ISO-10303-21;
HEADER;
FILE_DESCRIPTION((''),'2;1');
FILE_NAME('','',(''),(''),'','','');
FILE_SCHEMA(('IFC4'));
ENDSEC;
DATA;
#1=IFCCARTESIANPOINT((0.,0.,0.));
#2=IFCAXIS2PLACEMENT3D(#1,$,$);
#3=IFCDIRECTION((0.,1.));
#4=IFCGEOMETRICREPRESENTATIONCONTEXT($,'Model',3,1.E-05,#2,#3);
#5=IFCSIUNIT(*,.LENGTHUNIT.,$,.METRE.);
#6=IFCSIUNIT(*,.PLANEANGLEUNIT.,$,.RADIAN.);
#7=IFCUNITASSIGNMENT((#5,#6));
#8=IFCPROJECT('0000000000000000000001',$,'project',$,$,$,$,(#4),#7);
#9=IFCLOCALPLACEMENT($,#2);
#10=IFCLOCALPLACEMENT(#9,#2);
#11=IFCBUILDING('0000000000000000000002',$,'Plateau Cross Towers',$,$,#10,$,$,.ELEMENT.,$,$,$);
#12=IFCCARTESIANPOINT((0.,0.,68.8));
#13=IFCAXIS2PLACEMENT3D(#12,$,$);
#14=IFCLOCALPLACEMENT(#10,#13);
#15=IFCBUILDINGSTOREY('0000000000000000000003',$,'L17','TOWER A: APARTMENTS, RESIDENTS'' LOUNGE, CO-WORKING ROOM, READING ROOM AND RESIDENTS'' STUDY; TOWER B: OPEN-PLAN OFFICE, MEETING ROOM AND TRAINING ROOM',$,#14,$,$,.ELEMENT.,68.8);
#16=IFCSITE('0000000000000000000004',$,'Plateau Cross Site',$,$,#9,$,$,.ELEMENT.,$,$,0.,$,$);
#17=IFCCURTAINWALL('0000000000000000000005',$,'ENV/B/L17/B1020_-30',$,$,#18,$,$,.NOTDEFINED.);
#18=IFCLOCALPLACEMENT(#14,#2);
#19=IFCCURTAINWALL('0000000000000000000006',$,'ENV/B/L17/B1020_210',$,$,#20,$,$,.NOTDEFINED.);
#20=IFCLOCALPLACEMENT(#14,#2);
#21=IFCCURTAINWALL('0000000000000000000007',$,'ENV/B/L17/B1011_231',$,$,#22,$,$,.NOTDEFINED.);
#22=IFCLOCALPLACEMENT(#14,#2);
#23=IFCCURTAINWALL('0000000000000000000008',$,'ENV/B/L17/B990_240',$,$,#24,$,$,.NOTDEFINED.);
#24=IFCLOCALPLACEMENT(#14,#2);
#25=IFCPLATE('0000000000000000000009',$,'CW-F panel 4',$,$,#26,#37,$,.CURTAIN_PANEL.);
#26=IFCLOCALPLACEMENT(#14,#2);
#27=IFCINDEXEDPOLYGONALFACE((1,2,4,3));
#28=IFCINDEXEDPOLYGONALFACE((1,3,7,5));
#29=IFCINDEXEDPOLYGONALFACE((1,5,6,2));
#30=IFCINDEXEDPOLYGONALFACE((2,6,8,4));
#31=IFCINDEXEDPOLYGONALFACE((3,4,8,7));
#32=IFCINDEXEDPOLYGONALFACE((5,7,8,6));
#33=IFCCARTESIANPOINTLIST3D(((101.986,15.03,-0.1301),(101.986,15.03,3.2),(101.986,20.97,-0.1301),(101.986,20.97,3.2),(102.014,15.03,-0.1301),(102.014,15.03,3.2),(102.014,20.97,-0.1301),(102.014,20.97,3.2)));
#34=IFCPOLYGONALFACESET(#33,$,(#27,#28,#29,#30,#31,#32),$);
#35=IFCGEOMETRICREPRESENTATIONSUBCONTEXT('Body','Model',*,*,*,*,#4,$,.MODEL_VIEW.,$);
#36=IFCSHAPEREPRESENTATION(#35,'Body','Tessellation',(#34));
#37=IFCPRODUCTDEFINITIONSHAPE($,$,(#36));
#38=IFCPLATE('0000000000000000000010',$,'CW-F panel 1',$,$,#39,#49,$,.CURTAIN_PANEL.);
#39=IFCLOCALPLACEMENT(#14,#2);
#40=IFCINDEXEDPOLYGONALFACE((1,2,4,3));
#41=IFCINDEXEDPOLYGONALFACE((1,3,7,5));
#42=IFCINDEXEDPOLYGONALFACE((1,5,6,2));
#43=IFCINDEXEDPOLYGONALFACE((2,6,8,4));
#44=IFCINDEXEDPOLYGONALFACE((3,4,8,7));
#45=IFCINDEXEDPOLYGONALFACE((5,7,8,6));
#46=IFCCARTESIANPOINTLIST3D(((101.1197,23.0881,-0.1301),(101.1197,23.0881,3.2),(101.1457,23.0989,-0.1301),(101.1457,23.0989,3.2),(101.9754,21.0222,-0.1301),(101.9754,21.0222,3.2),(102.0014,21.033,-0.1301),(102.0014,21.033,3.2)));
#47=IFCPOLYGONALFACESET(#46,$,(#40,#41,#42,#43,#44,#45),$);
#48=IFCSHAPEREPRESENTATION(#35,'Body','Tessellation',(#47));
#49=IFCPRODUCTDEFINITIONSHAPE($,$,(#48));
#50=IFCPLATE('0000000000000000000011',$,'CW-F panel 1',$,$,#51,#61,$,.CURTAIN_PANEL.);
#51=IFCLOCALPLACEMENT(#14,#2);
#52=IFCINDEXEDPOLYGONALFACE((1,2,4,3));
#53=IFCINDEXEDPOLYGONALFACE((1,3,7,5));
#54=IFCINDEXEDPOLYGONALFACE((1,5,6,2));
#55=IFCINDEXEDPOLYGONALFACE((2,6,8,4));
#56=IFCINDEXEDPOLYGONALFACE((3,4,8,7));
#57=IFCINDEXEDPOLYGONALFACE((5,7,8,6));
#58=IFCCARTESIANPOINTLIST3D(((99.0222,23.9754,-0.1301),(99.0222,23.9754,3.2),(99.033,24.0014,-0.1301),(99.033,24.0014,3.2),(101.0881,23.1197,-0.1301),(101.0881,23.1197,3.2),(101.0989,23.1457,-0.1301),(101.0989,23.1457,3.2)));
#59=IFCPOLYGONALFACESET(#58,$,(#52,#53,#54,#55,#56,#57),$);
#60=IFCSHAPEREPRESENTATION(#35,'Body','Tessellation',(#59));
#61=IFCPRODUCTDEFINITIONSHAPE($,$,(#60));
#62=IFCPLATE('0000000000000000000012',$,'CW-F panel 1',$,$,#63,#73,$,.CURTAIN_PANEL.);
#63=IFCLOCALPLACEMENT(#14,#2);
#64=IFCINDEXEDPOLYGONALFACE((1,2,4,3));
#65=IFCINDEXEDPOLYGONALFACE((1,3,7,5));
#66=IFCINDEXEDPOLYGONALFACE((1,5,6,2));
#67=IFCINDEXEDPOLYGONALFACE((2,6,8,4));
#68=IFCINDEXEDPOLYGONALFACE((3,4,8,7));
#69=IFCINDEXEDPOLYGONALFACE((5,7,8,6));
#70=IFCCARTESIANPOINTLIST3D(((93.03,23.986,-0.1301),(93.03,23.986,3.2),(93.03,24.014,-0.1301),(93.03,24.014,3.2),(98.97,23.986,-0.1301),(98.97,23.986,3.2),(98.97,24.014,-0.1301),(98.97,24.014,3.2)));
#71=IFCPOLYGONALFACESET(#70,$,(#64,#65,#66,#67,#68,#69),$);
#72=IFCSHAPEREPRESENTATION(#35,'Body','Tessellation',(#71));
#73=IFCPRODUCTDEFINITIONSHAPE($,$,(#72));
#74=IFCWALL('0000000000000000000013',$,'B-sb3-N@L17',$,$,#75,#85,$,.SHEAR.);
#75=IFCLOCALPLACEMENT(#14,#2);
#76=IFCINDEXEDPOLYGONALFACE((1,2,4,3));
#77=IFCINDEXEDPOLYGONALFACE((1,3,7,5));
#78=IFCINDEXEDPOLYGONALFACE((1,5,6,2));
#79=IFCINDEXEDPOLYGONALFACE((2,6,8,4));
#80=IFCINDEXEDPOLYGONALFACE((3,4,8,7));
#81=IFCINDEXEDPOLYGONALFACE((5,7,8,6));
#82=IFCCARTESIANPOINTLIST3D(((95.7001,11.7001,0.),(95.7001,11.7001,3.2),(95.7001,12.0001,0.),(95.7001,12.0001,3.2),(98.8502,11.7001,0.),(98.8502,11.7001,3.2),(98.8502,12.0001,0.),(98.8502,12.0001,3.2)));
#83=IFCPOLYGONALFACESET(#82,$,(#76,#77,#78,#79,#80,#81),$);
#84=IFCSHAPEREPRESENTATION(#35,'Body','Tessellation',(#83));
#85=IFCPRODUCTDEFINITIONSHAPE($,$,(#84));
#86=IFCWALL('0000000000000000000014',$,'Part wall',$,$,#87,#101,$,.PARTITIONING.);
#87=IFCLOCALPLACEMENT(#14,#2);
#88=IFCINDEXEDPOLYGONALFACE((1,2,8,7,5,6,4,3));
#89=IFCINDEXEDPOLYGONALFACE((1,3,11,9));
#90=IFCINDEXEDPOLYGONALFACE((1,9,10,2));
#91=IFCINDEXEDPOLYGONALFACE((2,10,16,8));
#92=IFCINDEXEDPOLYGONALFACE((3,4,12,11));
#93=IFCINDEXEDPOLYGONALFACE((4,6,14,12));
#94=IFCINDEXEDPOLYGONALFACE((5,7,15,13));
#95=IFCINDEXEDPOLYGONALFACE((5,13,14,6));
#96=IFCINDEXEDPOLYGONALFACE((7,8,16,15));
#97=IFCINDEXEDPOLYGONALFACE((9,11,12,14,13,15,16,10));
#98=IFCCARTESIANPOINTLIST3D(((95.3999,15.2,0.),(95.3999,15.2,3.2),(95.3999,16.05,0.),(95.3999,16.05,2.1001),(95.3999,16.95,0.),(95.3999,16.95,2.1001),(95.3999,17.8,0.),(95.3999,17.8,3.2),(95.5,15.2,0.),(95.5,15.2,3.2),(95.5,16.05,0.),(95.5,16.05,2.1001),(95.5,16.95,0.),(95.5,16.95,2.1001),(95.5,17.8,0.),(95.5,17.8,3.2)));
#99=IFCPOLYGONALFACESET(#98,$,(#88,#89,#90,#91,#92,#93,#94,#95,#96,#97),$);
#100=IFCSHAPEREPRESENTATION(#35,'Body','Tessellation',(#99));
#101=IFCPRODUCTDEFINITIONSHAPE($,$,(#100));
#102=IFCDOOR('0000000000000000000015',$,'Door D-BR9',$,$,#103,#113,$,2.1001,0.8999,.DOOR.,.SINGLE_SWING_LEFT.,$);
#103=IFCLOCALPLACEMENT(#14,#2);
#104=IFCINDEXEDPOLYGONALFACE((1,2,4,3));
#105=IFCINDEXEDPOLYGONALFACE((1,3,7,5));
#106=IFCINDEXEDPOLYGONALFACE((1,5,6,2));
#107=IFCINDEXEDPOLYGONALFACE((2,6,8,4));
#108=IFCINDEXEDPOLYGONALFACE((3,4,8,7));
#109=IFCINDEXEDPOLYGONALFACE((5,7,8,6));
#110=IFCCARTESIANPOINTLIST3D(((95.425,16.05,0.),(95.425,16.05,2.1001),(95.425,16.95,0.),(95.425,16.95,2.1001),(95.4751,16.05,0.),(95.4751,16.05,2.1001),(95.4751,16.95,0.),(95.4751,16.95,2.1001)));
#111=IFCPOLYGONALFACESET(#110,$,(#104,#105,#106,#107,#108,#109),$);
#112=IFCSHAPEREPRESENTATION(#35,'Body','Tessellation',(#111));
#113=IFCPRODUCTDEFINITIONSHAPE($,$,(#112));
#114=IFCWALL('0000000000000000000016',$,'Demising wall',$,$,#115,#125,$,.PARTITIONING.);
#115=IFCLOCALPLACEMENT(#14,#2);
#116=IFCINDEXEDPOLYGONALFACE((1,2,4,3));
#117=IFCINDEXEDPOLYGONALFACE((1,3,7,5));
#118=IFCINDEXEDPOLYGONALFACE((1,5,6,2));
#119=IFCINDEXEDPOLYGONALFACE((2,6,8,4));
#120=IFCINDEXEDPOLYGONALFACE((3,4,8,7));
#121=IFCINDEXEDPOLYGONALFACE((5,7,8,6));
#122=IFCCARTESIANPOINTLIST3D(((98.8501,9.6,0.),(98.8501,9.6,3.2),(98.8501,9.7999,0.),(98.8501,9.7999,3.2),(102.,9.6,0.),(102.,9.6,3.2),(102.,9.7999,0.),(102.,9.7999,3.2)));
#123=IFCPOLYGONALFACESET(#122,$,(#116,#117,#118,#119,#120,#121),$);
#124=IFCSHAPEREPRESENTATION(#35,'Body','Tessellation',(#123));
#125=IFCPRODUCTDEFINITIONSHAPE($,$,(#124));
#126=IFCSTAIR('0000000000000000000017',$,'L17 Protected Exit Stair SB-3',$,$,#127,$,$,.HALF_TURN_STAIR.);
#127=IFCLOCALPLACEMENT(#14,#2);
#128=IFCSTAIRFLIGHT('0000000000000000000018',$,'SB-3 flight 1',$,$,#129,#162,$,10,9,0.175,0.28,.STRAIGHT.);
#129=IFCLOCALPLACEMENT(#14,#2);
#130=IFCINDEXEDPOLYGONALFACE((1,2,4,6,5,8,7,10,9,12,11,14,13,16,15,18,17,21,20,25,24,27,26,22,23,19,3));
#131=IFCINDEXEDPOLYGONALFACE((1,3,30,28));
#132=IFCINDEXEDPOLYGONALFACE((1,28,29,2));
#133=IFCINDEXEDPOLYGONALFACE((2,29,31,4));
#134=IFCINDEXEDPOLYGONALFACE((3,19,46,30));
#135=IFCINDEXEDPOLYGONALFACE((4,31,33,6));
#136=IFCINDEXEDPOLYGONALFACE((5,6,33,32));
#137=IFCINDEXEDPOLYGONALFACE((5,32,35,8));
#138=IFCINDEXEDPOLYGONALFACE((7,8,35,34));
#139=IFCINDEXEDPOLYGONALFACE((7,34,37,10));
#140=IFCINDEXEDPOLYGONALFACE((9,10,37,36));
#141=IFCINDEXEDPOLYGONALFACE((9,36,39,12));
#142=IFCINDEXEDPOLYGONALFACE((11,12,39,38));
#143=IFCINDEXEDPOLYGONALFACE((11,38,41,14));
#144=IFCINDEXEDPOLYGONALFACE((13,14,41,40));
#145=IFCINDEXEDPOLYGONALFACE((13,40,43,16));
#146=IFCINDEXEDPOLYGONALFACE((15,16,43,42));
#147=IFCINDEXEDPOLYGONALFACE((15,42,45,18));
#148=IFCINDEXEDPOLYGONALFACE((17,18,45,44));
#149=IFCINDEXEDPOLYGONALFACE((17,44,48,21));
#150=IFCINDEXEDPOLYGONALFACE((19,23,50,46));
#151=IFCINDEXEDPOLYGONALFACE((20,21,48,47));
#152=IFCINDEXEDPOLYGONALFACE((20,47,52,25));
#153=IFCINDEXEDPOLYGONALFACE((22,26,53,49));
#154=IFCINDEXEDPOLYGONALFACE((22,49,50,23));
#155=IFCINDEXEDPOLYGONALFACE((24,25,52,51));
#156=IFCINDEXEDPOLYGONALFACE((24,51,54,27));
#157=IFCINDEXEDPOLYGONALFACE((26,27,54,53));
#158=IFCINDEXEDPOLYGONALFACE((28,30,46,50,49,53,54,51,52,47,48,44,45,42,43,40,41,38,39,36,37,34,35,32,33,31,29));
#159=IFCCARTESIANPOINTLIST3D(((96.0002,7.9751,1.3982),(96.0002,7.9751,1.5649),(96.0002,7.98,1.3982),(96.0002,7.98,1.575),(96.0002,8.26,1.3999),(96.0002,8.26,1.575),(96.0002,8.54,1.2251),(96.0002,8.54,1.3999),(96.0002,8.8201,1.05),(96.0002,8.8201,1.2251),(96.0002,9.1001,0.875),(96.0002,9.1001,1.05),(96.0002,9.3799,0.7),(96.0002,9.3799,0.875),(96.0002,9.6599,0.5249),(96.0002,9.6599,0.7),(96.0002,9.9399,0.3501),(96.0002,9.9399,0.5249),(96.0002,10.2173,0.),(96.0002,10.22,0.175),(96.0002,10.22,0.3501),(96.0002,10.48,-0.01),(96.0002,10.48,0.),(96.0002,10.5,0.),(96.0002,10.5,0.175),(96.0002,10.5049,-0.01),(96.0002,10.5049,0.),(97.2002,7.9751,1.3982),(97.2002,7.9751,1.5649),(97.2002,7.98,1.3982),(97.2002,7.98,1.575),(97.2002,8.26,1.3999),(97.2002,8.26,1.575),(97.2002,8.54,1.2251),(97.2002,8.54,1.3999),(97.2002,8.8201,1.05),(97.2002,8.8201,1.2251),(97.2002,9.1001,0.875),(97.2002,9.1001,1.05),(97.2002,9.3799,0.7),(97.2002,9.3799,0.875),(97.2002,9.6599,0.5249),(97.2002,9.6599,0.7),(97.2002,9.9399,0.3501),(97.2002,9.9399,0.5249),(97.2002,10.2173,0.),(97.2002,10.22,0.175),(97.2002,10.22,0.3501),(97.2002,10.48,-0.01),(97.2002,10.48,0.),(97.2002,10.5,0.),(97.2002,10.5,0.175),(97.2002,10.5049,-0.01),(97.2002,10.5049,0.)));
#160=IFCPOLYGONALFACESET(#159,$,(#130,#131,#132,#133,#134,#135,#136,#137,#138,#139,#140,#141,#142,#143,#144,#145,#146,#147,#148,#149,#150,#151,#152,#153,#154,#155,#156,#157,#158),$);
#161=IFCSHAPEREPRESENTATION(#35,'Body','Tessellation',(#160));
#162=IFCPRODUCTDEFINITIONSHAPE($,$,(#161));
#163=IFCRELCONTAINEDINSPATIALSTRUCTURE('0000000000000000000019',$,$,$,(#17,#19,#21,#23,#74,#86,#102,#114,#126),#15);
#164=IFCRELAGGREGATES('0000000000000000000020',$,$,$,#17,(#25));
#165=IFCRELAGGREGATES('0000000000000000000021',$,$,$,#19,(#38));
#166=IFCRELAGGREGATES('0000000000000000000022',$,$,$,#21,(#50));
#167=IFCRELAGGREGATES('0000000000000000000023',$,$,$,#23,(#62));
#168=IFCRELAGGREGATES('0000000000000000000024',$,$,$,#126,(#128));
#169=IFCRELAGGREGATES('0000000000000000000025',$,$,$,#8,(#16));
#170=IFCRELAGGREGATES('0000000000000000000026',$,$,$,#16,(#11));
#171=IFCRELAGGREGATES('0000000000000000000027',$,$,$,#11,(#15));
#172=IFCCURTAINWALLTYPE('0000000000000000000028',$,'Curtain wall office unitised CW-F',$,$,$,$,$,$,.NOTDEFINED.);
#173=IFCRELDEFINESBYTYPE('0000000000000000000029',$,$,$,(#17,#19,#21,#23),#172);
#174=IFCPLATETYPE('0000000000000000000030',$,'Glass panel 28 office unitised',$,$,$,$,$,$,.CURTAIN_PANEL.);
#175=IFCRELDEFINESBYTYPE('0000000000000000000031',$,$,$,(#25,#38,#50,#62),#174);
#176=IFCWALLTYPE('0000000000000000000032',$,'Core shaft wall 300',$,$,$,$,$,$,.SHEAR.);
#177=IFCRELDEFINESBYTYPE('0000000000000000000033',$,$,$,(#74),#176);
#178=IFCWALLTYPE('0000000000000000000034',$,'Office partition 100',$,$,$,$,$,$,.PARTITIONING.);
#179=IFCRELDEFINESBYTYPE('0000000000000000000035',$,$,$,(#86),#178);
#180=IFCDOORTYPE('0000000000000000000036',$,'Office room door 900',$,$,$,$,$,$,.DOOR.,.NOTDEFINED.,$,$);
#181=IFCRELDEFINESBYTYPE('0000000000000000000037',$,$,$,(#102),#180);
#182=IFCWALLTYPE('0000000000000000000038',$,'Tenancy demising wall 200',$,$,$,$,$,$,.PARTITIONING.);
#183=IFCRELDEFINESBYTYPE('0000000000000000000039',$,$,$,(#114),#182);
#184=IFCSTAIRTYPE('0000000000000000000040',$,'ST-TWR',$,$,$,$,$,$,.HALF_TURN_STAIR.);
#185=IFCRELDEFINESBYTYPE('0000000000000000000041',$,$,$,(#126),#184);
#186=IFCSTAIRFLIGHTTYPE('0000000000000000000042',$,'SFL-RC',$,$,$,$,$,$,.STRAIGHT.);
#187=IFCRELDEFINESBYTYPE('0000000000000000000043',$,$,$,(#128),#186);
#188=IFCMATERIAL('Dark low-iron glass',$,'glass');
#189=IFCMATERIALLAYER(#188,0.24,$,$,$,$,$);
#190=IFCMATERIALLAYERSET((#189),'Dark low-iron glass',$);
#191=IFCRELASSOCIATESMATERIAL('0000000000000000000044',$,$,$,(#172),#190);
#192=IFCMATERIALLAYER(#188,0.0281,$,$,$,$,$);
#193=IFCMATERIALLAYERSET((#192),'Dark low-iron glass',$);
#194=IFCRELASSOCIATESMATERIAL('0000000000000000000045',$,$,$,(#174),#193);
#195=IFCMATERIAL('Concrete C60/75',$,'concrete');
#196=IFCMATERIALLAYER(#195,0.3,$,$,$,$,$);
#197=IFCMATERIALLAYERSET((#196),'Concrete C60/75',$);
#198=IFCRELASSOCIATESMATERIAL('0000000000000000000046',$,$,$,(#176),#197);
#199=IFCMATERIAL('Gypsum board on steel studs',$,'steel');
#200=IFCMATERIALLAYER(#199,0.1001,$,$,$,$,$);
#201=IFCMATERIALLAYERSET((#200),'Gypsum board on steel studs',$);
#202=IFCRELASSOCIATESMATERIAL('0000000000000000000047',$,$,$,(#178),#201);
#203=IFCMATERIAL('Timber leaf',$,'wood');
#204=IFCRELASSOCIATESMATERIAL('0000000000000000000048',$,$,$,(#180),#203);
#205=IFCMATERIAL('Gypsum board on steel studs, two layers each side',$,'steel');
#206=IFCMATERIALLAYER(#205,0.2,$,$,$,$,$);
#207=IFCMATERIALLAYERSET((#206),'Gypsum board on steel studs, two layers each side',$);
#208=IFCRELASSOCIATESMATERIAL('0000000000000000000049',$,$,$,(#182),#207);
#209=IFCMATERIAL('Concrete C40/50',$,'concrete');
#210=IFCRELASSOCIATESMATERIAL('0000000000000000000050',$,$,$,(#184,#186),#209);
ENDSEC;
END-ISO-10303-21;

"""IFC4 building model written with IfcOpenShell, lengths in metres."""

from ifc_helpers import new_model, si_unit, direction, frame, frame_2d, origin, origin_2d, place, context, subcontext, project, spatial, polyline, rectangle, outline, extrude, material, layer, layer_set, type_object, element, fill, aggregate, save


model = new_model("IFC4")

# Units and contexts
model_context = context("Model", 3, precision=1e-05, world=origin(), true_north=direction((0.0, 1.0)))
body_context = subcontext(model_context, "Body", "Model", "MODEL_VIEW")
ifc_project = project(units=[si_unit("LENGTHUNIT", "METRE"), si_unit("PLANEANGLEUNIT", "RADIAN")], contexts=[model_context])

# Site, building, storey
site_placement = place(None, origin())
site = spatial("IfcSite", under=ifc_project, at=site_placement, Name="Plateau Cross Site", CompositionType="ELEMENT", RefElevation=0.0)
building_placement = place(site_placement, origin())
building = spatial("IfcBuilding", under=site, at=building_placement, Name="Plateau Cross Towers", CompositionType="ELEMENT")
storey_placement = place(building_placement, frame((0.0, 0.0, 68.8)))
storey = spatial("IfcBuildingStorey", under=building, at=storey_placement, Name="L17", Description="TOWER A: APARTMENTS, RESIDENTS' LOUNGE, CO-WORKING ROOM, READING ROOM AND RESIDENTS' STUDY; TOWER B: OPEN-PLAN OFFICE, MEETING ROOM AND TRAINING ROOM", CompositionType="ELEMENT", Elevation=68.8)

# Shared definitions
ifc_material_1 = material(Name="Concrete C60/75", Category="concrete")

# Curtain wall
ifc_material_2 = material(Name="Dark low-iron glass", Category="glass")
ifc_layer_1 = layer(ifc_material_2, 0.24)
ifc_layer_set_1 = layer_set([ifc_layer_1], Name="Dark low-iron glass")
curtain_wall_type = type_object("IfcCurtainWallType", Name="Curtain wall office unitised CW-F", PredefinedType="NOTDEFINED", material=ifc_layer_set_1)
curtain_wall_1_placement = place(storey_placement, origin())
curtain_wall_1 = element("IfcCurtainWall", 1, at=curtain_wall_1_placement, inside=storey, type_object=curtain_wall_type, Name="ENV/B/L17/B1020_-30", PredefinedType="NOTDEFINED")

# Curtain walls
curtain_wall_2_placement = place(storey_placement, origin())
curtain_wall_2 = element("IfcCurtainWall", 2, at=curtain_wall_2_placement, inside=storey, type_object=curtain_wall_type, Name="ENV/B/L17/B1020_210", PredefinedType="NOTDEFINED")
curtain_wall_3_placement = place(storey_placement, origin())
curtain_wall_3 = element("IfcCurtainWall", 3, at=curtain_wall_3_placement, inside=storey, type_object=curtain_wall_type, Name="ENV/B/L17/B1011_231", PredefinedType="NOTDEFINED")

# Curtain wall
curtain_wall_4_placement = place(storey_placement, origin())
curtain_wall_4 = element("IfcCurtainWall", 4, at=curtain_wall_4_placement, inside=storey, type_object=curtain_wall_type, Name="ENV/B/L17/B990_240", PredefinedType="NOTDEFINED")

# Plates
ifc_layer_2 = layer(ifc_material_2, 0.0281)
ifc_layer_set_2 = layer_set([ifc_layer_2], Name="Dark low-iron glass")
plate_type = type_object("IfcPlateType", Name="Glass panel 28 office unitised", PredefinedType="CURTAIN_PANEL", material=ifc_layer_set_2)
plate_1_placement = place(storey_placement, frame((102.0, 18.0, -0.1301), z_axis=(0.0, 0.0, 1.0), x_axis=(0.0, 1.0, 0.0)))
plate_1 = element("IfcPlate", 5, at=plate_1_placement, type_object=plate_type, Name="CW-F panel 4", PredefinedType="CURTAIN_PANEL", context=body_context, shape_type="SweptSolid", body=[
    extrude(rectangle(XDim=5.9399, YDim=0.0281, at=origin_2d()), origin(), (0.0, 0.0, 1.0), 3.3301),
])
aggregate(curtain_wall_1, [plate_1])
plate_2_placement = place(storey_placement, frame((101.5605, 22.0605, -0.1301), z_axis=(0.0, 0.0, 1.0), x_axis=(-0.382684, 0.923879, 0.0)))
plate_2 = element("IfcPlate", 6, at=plate_2_placement, type_object=plate_type, Name="CW-F panel 1", PredefinedType="CURTAIN_PANEL", context=body_context, shape_type="SweptSolid", body=[
    extrude(rectangle(XDim=2.2361, YDim=0.0281, at=origin_2d()), origin(), (0.0, 0.0, 1.0), 3.3301),
])
aggregate(curtain_wall_2, [plate_2])
plate_3_placement = place(storey_placement, frame((100.0605, 23.5605, -0.1301), z_axis=(0.0, 0.0, 1.0), x_axis=(-0.923879, 0.382684, 0.0)))
plate_3 = element("IfcPlate", 7, at=plate_3_placement, type_object=plate_type, Name="CW-F panel 1", PredefinedType="CURTAIN_PANEL", context=body_context, shape_type="SweptSolid", body=[
    extrude(rectangle(XDim=2.2361, YDim=0.0281, at=origin_2d()), origin(), (0.0, 0.0, 1.0), 3.3301),
])
aggregate(curtain_wall_3, [plate_3])
plate_4_placement = place(storey_placement, frame((96.0, 24.0, -0.1301), z_axis=(0.0, 0.0, 1.0), x_axis=(-1.0, 0.0, 0.0)))
plate_4 = element("IfcPlate", 8, at=plate_4_placement, type_object=plate_type, Name="CW-F panel 1", PredefinedType="CURTAIN_PANEL", context=body_context, shape_type="SweptSolid", body=[
    extrude(rectangle(XDim=5.9399, YDim=0.0281, at=origin_2d()), origin(), (0.0, 0.0, 1.0), 3.3301),
])
aggregate(curtain_wall_4, [plate_4])

# Wall
ifc_layer_3 = layer(ifc_material_1, 0.3)
ifc_layer_set_3 = layer_set([ifc_layer_3], Name="Concrete C60/75")
wall_type_1 = type_object("IfcWallType", Name="Core shaft wall 300", PredefinedType="SHEAR", material=ifc_layer_set_3)
wall_1_placement = place(storey_placement, frame((95.7, 11.8501, 0.0), z_axis=(0.0, 0.0, 1.0), x_axis=(1.0, 0.0, 0.0)))
element("IfcWall", 9, at=wall_1_placement, inside=storey, type_object=wall_type_1, Name="B-sb3-N@L17", PredefinedType="SHEAR", context=body_context, shape_type="SweptSolid", body=[
    extrude(rectangle(XDim=3.1501, YDim=0.3, at=frame_2d((1.5752, 0.0))), origin(), (0.0, 0.0, 1.0), 3.2),
])

# Wall, opening, door
ifc_material_3 = material(Name="Gypsum board on steel studs", Category="steel")
ifc_layer_4 = layer(ifc_material_3, 0.1001)
ifc_layer_set_4 = layer_set([ifc_layer_4], Name="Gypsum board on steel studs")
wall_type_2 = type_object("IfcWallType", Name="Office partition 100", PredefinedType="PARTITIONING", material=ifc_layer_set_4)
wall_2_placement = place(storey_placement, frame((95.45, 15.2, 0.0), z_axis=(0.0, 0.0, 1.0), x_axis=(0.0, 1.0, 0.0)))
wall_2 = element("IfcWall", 10, at=wall_2_placement, inside=storey, type_object=wall_type_2, Name="Part wall", PredefinedType="PARTITIONING", context=body_context, shape_type="SweptSolid", body=[
    extrude(rectangle(XDim=2.6001, YDim=0.1001, at=frame_2d((1.3, 0.0))), origin(), (0.0, 0.0, 1.0), 3.2),
])
opening_1_placement = place(wall_2_placement, frame((0.8501, 0.0, 0.0)))
opening_1 = element("IfcOpeningElement", 11, at=opening_1_placement, cuts=wall_2, PredefinedType="OPENING", context=body_context, shape_type="SweptSolid", body=[
    extrude(rectangle(XDim=0.8999, YDim=2.1001, at=frame_2d((0.45, 1.05))), frame((0.0, 0.0601, 0.0), z_axis=(0.0, -1.0, 0.0), x_axis=(1.0, 0.0, 0.0)), (0.0, 0.0, 1.0), 0.1201),
])
ifc_material_4 = material(Name="Timber leaf", Category="wood")
door_type_1 = type_object("IfcDoorType", Name="Office room door 900", OperationType="NOTDEFINED", PredefinedType="DOOR", material=ifc_material_4)
door_1_placement = place(opening_1_placement, origin())
door_1 = element("IfcDoor", 12, at=door_1_placement, inside=storey, type_object=door_type_1, Name="Door D-BR9", OperationType="SINGLE_SWING_LEFT", OverallHeight=2.1001, OverallWidth=0.8999, PredefinedType="DOOR", context=body_context, shape_type="SweptSolid", body=[
    extrude(rectangle(XDim=0.8999, YDim=2.1001, at=frame_2d((0.45, 1.05))), frame((0.0, 0.0249, 0.0), z_axis=(0.0, -1.0, 0.0), x_axis=(1.0, 0.0, 0.0)), (0.0, 0.0, 1.0), 0.05),
])
fill(opening_1, door_1)

# Wall
ifc_material_5 = material(Name="Gypsum board on steel studs, two layers each side", Category="steel")
ifc_layer_5 = layer(ifc_material_5, 0.2)
ifc_layer_set_5 = layer_set([ifc_layer_5], Name="Gypsum board on steel studs, two layers each side")
wall_type_3 = type_object("IfcWallType", Name="Tenancy demising wall 200", PredefinedType="PARTITIONING", material=ifc_layer_set_5)
wall_3_placement = place(storey_placement, frame((98.8501, 9.7, 0.0), z_axis=(0.0, 0.0, 1.0), x_axis=(1.0, 0.0, 0.0)))
element("IfcWall", 13, at=wall_3_placement, inside=storey, type_object=wall_type_3, Name="Demising wall", PredefinedType="PARTITIONING", context=body_context, shape_type="SweptSolid", body=[
    extrude(rectangle(XDim=3.1499, YDim=0.2, at=frame_2d((1.575, 0.0))), origin(), (0.0, 0.0, 1.0), 3.2),
])

# Stair, stair flight
ifc_material_6 = material(Name="Concrete C40/50", Category="concrete")
stair_type = type_object("IfcStairType", Name="ST-TWR", PredefinedType="HALF_TURN_STAIR", material=ifc_material_6)
stair_placement = place(storey_placement, origin())
stair = element("IfcStair", 14, at=stair_placement, inside=storey, type_object=stair_type, Name="L17 Protected Exit Stair SB-3", PredefinedType="HALF_TURN_STAIR")
stair_flight_type = type_object("IfcStairFlightType", Name="SFL-RC", PredefinedType="STRAIGHT", material=ifc_material_6)
stair_flight_1_placement = place(storey_placement, frame((96.6001, 10.5, 0.0), z_axis=(0.0, 0.0, 1.0), x_axis=(0.0, -1.0, 0.0)))
stair_flight_1 = element("IfcStairFlight", 15, at=stair_flight_1_placement, type_object=stair_flight_type, Name="SB-3 flight 1", NumberOfRisers=10, NumberOfTreads=9, PredefinedType="STRAIGHT", RiserHeight=0.175, TreadLength=0.28, context=body_context, shape_type="SweptSolid", body=[
    extrude(outline(polyline([(-0.0049, -0.01), (-0.0049, 0.0), (0.0, 0.0), (0.0, 0.175), (0.28, 0.175), (0.28, 0.3501), (0.5601, 0.3501), (0.5601, 0.5249), (0.8401, 0.5249), (0.8401, 0.7), (1.1201, 0.7), (1.1201, 0.875), (1.3999, 0.875), (1.3999, 1.05), (1.6799, 1.05), (1.6799, 1.2251), (1.96, 1.2251), (1.96, 1.3999), (2.24, 1.3999), (2.24, 1.575), (2.52, 1.575), (2.5249, 1.5649), (2.5249, 1.3982), (2.52, 1.3982), (0.2827, 0.0), (0.02, 0.0), (0.02, -0.01), (-0.0049, -0.01)])), frame((0.0, 0.6001, 0.0), z_axis=(0.0, -1.0, 0.0), x_axis=(1.0, 0.0, 0.0)), (0.0, 0.0, 1.0), 1.2),
])
aggregate(stair, [stair_flight_1])

save(model, "model.ifc")
